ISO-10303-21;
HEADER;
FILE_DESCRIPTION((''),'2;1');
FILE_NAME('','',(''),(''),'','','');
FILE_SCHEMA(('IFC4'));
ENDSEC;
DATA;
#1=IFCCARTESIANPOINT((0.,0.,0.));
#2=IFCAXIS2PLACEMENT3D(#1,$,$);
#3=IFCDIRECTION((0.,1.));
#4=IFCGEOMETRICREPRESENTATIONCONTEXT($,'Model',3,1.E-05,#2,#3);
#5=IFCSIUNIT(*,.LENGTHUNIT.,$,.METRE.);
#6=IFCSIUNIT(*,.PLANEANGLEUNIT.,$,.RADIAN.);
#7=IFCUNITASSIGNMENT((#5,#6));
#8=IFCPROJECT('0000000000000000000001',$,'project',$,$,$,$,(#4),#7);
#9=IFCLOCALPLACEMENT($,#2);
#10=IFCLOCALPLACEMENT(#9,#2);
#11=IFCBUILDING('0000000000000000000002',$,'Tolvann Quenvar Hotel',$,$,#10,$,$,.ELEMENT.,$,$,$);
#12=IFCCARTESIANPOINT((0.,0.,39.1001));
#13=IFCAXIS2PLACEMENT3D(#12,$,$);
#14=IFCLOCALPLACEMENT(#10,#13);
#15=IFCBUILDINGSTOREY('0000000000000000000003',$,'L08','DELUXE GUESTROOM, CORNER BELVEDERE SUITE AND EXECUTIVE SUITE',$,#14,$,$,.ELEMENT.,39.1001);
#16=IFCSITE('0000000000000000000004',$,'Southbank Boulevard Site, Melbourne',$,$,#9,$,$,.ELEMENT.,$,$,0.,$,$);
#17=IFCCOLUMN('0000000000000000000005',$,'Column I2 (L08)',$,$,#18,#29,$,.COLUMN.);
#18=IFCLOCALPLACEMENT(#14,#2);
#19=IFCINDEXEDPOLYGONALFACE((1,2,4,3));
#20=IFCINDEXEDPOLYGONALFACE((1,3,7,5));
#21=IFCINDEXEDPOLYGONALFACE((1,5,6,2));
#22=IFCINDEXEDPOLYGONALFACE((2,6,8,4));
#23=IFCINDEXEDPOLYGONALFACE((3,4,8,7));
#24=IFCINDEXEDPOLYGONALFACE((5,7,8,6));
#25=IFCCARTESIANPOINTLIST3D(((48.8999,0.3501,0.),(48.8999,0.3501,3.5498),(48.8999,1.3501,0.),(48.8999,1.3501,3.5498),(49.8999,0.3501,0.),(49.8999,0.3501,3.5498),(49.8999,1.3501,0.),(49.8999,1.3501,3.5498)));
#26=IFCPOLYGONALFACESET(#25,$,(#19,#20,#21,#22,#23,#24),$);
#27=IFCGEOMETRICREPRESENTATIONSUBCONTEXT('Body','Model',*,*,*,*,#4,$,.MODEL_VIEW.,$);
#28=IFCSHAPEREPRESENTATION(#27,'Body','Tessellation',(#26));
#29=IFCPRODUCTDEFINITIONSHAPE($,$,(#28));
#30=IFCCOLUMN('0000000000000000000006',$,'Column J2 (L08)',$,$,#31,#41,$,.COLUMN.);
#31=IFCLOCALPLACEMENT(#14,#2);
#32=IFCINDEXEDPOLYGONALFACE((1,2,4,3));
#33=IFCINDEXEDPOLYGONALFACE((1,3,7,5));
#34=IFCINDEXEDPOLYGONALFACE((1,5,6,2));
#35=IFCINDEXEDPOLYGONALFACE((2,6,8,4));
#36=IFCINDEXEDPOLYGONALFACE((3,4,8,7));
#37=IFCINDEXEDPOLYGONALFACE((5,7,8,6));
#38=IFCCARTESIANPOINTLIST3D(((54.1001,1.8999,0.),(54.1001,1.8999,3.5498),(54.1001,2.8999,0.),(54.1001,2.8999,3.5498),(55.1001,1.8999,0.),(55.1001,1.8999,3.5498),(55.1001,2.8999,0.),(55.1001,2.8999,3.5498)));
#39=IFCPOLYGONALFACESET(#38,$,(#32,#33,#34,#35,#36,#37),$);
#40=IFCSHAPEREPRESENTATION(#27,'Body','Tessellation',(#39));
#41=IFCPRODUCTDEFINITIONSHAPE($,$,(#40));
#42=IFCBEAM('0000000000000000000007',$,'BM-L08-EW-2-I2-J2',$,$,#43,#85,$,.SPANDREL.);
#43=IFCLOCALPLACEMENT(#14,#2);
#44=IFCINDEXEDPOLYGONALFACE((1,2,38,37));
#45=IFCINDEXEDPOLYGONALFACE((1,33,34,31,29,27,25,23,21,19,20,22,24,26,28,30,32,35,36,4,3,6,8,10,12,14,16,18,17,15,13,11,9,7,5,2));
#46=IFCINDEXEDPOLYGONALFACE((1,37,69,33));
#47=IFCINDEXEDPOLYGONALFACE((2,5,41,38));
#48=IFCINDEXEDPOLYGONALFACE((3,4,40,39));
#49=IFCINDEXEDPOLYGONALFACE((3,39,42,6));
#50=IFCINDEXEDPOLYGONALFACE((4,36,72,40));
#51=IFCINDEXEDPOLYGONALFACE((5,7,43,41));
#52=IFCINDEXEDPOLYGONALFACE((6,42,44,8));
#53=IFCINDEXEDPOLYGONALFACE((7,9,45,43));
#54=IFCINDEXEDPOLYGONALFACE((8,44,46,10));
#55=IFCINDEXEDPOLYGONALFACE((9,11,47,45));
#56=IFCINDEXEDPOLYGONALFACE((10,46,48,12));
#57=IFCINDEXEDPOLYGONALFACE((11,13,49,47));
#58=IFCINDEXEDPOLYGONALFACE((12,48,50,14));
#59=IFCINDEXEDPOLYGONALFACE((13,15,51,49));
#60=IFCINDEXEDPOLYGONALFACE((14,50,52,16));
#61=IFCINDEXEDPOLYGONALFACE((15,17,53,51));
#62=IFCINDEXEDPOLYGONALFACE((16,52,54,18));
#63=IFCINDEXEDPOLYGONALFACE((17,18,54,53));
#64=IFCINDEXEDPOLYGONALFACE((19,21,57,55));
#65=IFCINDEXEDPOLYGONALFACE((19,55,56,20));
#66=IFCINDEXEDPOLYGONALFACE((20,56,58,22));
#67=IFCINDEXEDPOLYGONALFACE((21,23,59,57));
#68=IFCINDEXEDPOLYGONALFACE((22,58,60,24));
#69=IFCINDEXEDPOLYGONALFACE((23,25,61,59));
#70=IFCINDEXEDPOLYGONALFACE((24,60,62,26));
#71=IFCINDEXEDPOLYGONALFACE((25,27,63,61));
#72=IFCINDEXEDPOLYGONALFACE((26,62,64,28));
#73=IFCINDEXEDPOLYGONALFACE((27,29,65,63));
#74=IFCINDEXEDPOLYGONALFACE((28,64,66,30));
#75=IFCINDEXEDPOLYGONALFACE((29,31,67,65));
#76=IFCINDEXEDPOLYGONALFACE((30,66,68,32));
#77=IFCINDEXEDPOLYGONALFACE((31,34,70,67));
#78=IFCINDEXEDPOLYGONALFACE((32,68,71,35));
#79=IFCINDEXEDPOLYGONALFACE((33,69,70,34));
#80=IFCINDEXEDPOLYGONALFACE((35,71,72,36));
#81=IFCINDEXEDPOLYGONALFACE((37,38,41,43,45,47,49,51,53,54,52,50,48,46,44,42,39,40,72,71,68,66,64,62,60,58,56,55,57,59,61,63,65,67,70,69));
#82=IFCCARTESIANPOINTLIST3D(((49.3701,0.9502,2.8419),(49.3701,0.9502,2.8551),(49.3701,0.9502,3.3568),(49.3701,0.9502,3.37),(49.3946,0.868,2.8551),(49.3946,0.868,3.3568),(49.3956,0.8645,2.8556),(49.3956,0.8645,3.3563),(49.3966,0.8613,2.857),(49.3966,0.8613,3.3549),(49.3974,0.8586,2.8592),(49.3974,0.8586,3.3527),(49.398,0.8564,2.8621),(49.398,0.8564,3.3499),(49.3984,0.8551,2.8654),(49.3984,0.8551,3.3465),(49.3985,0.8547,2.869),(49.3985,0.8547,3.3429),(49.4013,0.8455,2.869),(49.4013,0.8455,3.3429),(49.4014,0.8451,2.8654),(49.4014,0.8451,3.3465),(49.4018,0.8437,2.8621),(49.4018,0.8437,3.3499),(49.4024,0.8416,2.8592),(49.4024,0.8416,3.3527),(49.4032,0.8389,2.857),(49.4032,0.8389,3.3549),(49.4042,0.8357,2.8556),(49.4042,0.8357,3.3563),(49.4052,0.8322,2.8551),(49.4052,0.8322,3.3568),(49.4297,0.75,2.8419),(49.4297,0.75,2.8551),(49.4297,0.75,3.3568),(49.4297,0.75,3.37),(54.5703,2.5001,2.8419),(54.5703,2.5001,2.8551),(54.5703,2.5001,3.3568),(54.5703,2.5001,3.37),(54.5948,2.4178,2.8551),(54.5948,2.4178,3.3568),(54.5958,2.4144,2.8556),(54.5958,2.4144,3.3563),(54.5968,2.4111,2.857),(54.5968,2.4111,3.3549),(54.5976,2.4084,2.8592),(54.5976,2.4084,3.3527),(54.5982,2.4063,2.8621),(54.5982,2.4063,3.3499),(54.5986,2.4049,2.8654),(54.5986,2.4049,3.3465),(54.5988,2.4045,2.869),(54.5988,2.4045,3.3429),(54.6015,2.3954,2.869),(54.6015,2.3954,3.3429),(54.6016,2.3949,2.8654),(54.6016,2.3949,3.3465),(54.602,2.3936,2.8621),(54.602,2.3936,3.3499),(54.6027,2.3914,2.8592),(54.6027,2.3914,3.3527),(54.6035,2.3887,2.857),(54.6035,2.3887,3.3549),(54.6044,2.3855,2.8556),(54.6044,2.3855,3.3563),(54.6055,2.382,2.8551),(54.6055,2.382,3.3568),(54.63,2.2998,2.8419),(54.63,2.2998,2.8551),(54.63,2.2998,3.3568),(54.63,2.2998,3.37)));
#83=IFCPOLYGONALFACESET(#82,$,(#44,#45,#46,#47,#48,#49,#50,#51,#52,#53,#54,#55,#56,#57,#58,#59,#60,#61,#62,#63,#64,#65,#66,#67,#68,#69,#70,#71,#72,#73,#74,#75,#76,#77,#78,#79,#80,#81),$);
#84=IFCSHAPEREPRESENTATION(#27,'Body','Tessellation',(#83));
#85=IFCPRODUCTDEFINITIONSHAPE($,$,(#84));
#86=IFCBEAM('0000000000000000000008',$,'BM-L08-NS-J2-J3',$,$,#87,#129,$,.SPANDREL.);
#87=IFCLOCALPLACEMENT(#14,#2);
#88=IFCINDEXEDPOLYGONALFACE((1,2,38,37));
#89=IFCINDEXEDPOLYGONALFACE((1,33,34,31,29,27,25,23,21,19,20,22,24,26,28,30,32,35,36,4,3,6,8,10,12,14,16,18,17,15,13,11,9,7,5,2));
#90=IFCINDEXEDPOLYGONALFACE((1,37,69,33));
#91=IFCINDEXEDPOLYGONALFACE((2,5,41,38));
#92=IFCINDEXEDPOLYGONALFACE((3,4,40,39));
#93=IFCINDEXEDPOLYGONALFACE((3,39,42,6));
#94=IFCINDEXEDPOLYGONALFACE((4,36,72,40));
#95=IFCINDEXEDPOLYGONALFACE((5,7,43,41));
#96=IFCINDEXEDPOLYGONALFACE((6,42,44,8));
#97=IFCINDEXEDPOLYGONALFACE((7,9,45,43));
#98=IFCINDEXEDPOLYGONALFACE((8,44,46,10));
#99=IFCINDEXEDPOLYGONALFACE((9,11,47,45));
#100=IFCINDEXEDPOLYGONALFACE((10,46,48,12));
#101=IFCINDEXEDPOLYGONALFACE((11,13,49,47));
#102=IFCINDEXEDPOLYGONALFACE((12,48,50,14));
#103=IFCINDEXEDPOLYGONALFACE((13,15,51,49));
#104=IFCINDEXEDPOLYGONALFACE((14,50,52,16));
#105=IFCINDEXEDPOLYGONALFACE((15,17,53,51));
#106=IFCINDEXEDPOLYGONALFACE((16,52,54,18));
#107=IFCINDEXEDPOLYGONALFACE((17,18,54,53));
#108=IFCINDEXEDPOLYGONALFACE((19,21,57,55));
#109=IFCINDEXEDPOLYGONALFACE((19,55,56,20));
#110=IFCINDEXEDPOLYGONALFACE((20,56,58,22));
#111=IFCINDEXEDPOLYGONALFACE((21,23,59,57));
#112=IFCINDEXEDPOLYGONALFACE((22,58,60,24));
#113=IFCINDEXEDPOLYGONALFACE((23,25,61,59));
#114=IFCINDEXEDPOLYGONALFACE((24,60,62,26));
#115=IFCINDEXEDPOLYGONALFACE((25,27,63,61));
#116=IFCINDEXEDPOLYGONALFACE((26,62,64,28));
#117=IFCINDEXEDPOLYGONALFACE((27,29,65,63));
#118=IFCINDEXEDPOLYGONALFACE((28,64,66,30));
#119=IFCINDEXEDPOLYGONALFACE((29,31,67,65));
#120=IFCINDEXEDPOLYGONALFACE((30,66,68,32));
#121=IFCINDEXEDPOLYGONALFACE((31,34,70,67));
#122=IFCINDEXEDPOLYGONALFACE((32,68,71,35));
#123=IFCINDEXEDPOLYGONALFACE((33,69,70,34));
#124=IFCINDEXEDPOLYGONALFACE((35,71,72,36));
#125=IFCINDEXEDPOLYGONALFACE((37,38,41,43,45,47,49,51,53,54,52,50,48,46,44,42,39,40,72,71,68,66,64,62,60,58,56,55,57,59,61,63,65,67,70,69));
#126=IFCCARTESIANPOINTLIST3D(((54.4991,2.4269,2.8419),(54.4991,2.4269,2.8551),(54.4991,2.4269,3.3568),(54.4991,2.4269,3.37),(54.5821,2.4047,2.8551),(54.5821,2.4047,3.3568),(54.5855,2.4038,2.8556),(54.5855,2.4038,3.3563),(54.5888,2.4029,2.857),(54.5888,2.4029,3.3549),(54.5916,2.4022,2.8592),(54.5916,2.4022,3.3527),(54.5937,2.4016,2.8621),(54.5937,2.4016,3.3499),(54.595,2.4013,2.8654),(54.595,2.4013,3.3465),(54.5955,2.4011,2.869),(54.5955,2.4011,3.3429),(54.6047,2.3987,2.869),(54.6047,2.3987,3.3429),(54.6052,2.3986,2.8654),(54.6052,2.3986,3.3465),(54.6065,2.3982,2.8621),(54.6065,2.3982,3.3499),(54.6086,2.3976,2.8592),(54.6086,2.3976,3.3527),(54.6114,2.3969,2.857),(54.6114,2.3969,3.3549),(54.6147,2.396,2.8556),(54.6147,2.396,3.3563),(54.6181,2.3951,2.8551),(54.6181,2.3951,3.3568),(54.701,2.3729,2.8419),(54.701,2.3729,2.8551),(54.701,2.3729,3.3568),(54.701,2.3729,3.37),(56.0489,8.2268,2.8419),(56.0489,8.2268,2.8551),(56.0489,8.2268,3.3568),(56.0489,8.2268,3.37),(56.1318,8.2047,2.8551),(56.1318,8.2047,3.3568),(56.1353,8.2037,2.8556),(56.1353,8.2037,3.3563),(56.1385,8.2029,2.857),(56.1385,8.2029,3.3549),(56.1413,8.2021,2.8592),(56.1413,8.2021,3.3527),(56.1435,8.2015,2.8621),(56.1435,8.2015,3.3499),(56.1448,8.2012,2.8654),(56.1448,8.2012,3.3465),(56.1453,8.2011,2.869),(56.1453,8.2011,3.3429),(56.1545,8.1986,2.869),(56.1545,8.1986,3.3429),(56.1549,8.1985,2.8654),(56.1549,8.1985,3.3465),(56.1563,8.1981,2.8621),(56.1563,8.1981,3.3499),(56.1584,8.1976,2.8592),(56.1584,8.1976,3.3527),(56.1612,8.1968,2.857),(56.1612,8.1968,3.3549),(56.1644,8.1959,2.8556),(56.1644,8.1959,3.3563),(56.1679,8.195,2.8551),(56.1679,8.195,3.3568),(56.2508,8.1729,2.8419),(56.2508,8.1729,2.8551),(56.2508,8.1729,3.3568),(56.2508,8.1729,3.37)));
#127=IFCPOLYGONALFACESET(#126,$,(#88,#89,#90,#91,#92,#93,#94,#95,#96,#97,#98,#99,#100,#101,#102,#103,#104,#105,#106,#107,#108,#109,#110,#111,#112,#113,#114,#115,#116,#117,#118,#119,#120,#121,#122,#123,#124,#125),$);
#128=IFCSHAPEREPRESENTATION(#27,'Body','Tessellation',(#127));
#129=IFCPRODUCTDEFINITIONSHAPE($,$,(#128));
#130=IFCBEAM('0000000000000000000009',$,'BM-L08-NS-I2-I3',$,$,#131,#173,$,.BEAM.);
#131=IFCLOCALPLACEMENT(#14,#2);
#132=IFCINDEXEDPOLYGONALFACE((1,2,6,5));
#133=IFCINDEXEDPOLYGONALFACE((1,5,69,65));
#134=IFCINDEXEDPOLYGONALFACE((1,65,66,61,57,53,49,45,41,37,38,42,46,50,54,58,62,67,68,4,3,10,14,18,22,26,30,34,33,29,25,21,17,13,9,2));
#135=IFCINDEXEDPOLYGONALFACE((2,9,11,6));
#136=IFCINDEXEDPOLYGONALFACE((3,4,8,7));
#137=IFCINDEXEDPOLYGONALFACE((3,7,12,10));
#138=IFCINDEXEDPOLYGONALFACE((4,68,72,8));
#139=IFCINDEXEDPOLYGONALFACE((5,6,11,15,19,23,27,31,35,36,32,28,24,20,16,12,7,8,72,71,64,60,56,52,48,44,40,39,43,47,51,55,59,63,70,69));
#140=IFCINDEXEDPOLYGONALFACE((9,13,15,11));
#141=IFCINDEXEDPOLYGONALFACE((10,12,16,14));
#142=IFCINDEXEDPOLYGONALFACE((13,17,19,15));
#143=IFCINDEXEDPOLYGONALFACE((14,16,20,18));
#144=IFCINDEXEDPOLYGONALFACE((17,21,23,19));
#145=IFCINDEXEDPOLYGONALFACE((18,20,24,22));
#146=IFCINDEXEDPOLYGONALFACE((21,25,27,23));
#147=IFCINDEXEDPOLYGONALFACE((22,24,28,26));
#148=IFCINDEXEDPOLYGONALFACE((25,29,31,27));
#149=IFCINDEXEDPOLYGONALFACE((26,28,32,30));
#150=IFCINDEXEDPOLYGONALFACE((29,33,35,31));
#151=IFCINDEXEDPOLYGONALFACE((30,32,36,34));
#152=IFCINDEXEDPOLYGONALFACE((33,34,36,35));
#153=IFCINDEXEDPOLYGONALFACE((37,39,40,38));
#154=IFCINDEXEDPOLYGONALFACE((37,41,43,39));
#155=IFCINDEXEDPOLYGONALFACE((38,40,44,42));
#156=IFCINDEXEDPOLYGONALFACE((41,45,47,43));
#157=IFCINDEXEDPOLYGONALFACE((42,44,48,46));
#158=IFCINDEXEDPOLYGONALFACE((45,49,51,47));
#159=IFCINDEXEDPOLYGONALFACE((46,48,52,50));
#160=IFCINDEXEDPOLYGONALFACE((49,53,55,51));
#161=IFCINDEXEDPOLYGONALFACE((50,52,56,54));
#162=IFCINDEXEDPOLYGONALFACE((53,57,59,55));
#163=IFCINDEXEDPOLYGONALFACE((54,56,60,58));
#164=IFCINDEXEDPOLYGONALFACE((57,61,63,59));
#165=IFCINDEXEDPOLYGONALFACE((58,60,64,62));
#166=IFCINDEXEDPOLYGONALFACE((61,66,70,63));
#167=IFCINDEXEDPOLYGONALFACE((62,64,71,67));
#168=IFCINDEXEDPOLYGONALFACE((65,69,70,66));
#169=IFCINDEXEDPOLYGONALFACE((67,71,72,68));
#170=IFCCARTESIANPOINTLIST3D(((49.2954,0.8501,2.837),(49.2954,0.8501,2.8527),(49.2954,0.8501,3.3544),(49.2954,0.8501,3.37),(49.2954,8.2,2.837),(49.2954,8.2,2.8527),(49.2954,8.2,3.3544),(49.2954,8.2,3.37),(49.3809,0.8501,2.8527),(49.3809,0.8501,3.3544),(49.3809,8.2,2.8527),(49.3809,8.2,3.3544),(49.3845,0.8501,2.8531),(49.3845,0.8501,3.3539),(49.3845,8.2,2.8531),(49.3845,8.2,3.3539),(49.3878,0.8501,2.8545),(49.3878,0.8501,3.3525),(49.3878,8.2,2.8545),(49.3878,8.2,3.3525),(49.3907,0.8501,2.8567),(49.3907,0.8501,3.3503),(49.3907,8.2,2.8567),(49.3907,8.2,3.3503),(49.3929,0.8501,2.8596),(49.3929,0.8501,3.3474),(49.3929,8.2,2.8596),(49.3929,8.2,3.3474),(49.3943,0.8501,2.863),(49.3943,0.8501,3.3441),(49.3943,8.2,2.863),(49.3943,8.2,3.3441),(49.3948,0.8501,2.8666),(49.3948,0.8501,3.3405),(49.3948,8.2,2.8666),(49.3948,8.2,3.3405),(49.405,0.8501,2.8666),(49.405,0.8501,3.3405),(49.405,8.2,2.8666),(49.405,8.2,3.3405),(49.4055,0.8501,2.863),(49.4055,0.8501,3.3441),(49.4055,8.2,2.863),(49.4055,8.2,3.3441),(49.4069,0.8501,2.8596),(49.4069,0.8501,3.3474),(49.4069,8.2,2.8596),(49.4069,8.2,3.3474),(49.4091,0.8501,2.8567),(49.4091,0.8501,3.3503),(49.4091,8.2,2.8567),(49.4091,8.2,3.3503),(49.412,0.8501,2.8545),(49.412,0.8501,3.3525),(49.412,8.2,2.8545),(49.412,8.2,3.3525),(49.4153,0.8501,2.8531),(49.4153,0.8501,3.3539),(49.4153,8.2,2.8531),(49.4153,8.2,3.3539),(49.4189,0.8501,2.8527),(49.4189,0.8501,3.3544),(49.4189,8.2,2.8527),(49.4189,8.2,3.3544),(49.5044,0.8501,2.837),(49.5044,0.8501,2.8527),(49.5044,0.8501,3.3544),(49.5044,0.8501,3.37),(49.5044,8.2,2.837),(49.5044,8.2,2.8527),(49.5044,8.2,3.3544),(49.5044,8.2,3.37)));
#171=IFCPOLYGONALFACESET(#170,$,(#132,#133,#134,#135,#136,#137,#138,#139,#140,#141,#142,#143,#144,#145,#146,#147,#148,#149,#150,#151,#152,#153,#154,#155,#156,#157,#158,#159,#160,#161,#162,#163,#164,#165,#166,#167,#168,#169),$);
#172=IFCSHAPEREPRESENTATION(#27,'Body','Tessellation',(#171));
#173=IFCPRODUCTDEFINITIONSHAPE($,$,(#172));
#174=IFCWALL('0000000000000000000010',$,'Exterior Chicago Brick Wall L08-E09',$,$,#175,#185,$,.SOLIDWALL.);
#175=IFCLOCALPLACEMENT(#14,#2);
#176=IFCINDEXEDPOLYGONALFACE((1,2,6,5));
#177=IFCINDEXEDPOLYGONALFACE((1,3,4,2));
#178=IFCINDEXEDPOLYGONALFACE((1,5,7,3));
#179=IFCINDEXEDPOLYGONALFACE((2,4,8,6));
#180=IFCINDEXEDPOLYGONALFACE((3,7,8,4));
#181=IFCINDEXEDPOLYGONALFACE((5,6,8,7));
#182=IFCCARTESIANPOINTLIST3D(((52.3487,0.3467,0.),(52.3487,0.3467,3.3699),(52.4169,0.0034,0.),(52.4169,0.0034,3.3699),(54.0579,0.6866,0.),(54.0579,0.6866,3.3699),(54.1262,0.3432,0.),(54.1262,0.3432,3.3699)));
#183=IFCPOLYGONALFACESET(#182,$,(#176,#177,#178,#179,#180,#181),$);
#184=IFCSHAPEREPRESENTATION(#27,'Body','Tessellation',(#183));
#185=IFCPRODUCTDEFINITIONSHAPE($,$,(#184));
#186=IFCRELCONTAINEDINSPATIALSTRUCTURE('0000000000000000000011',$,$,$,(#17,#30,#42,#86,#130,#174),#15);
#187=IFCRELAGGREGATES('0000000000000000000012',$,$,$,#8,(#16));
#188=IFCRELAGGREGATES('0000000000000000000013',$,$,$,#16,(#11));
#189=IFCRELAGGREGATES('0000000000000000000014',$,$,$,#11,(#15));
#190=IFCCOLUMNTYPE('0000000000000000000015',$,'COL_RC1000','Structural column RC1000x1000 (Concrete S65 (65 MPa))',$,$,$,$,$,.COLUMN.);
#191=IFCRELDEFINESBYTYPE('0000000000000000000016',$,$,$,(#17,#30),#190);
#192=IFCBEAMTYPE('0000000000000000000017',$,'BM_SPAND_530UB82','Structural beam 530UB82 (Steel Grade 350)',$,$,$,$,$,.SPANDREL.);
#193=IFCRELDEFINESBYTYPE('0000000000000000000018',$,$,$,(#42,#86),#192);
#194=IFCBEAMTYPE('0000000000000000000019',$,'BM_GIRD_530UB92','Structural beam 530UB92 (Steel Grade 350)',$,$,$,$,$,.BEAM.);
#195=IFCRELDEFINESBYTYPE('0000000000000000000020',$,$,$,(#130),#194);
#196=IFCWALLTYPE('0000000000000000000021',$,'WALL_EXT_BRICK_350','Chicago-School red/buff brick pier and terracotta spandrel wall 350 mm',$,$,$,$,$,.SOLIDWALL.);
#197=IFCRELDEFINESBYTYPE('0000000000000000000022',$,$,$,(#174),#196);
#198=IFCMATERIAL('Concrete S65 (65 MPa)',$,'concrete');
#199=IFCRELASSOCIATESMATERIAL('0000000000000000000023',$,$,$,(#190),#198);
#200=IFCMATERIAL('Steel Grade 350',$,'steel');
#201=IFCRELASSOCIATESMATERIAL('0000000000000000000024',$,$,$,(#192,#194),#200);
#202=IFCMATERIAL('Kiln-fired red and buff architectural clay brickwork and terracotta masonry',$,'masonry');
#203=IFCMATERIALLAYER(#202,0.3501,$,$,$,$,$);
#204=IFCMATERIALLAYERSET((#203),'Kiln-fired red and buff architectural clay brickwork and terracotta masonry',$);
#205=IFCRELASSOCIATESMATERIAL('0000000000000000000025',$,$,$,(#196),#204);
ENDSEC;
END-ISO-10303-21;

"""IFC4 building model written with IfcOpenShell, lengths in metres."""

from ifc_helpers import new_model, si_unit, direction, frame, frame_2d, origin, origin_2d, place, context, subcontext, project, spatial, rectangle, i_section, extrude, source, transform, mapped, material, layer, layer_set, material_profile, profile_set, type_object, type_shapes, element, save


model = new_model("IFC4")

# Units and contexts
model_context = context("Model", 3, precision=1e-05, world=origin(), true_north=direction((0.0, 1.0)))
body_context = subcontext(model_context, "Body", "Model", "MODEL_VIEW")
ifc_project = project(units=[si_unit("LENGTHUNIT", "METRE"), si_unit("PLANEANGLEUNIT", "RADIAN")], contexts=[model_context])

# Site, building, storey
site_placement = place(None, origin())
site = spatial("IfcSite", under=ifc_project, at=site_placement, Name="Southbank Boulevard Site, Melbourne", CompositionType="ELEMENT", RefElevation=0.0)
building_placement = place(site_placement, origin())
building = spatial("IfcBuilding", under=site, at=building_placement, Name="Tolvann Quenvar Hotel", CompositionType="ELEMENT")
storey_placement = place(building_placement, frame((0.0, 0.0, 39.1001)))
storey = spatial("IfcBuildingStorey", under=building, at=storey_placement, Name="L08", Description="DELUXE GUESTROOM, CORNER BELVEDERE SUITE AND EXECUTIVE SUITE", CompositionType="ELEMENT", Elevation=39.1001)

# Columns
ifc_material_1 = material(Name="Concrete S65 (65 MPa)", Category="concrete")
ifc_material_profile_1 = material_profile(ifc_material_1, rectangle(XDim=1.0, YDim=1.0, at=origin_2d()), Name="RC1000x1000")
ifc_profile_set_1 = profile_set([ifc_material_profile_1], Name="Concrete S65 (65 MPa)")
column_type = type_object("IfcColumnType", Name="COL_RC1000", Description="Structural column RC1000x1000 (Concrete S65 (65 MPa))", PredefinedType="COLUMN", material=ifc_profile_set_1)
shared_shape_1 = source(origin(), body_context, "Body", "SweptSolid", [
    extrude(rectangle(XDim=1.0, YDim=1.0, at=origin_2d()), origin(), (0.0, 0.0, 1.0), 3.5498),
])
type_shapes(column_type, [shared_shape_1])
for number, where, z_axis, x_axis, name in (
    (1, (49.3999, 0.8501, 0.0), (0.0, 0.0, 1.0), (1.0, 0.0, 0.0), "Column I2 (L08)"),
    (2, (54.6001, 2.3999, 0.0), (0.0, 0.0, 1.0), (1.0, 0.0, 0.0), "Column J2 (L08)"),
):
    element("IfcColumn", number, at=place(storey_placement, frame(where, z_axis=z_axis, x_axis=x_axis)), inside=storey, type_object=column_type, Name=name, PredefinedType="COLUMN", context=body_context, shape_type="MappedRepresentation", body=[
        mapped(shared_shape_1, transform((0.0, 0.0, 0.0), x_axis=(1.0, 0.0, 0.0), y_axis=(0.0, 1.0, 0.0), z_axis=(0.0, 0.0, 1.0), scale=1.0)),
    ])

# Beams
ifc_material_2 = material(Name="Steel Grade 350", Category="steel")
ifc_material_profile_2 = material_profile(ifc_material_2, i_section(OverallWidth=0.209, OverallDepth=0.5281, WebThickness=0.0095, FlangeThickness=0.0132, FilletRadius=0.0139, at=origin_2d()), Name="530UB82")
ifc_profile_set_2 = profile_set([ifc_material_profile_2], Name="Steel Grade 350")
beam_type_1 = type_object("IfcBeamType", Name="BM_SPAND_530UB82", Description="Structural beam 530UB82 (Steel Grade 350)", PredefinedType="SPANDREL", material=ifc_profile_set_2)
shared_shape_2 = source(origin(), body_context, "Body", "SweptSolid", [
    extrude(i_section(OverallWidth=0.209, OverallDepth=0.5281, WebThickness=0.0095, FlangeThickness=0.0132, FilletRadius=0.0139, at=origin_2d()), origin(), (0.0, 0.0, 1.0), 5.4263),
])
beam_1_placement = place(storey_placement, frame((49.3999, 0.8501, 3.106), z_axis=(0.958345, 0.285614, 0.0), x_axis=(-0.285614, 0.958345, 0.0)))
element("IfcBeam", 3, at=beam_1_placement, inside=storey, type_object=beam_type_1, Name="BM-L08-EW-2-I2-J2", PredefinedType="SPANDREL", context=body_context, shape_type="MappedRepresentation", body=[
    mapped(shared_shape_2, transform((0.0, 0.0, 0.0), x_axis=(1.0, 0.0, 0.0), y_axis=(0.0, 1.0, 0.0), z_axis=(0.0, 0.0, 1.0), scale=1.0)),
])
shared_shape_3 = source(origin(), body_context, "Body", "SweptSolid", [
    extrude(i_section(OverallWidth=0.209, OverallDepth=0.5281, WebThickness=0.0095, FlangeThickness=0.0132, FilletRadius=0.0139, at=origin_2d()), origin(), (0.0, 0.0, 1.0), 6.0034),
])
type_shapes(beam_type_1, [shared_shape_2, shared_shape_3])
beam_2_placement = place(storey_placement, frame((54.6001, 2.3999, 3.106), z_axis=(0.258149, 0.966105, 0.0), x_axis=(-0.966105, 0.258149, 0.0)))
element("IfcBeam", 4, at=beam_2_placement, inside=storey, type_object=beam_type_1, Name="BM-L08-NS-J2-J3", PredefinedType="SPANDREL", context=body_context, shape_type="MappedRepresentation", body=[
    mapped(shared_shape_3, transform((0.0, 0.0, 0.0), x_axis=(1.0, 0.0, 0.0), y_axis=(0.0, 1.0, 0.0), z_axis=(0.0, 0.0, 1.0), scale=1.0)),
])
ifc_material_profile_3 = material_profile(ifc_material_2, i_section(OverallWidth=0.209, OverallDepth=0.533, WebThickness=0.0103, FlangeThickness=0.0156, FilletRadius=0.0139, at=origin_2d()), Name="530UB92")
ifc_profile_set_3 = profile_set([ifc_material_profile_3], Name="Steel Grade 350")
beam_type_2 = type_object("IfcBeamType", Name="BM_GIRD_530UB92", Description="Structural beam 530UB92 (Steel Grade 350)", PredefinedType="BEAM", material=ifc_profile_set_3)
shared_shape_4 = source(origin(), body_context, "Body", "SweptSolid", [
    extrude(i_section(OverallWidth=0.209, OverallDepth=0.533, WebThickness=0.0103, FlangeThickness=0.0156, FilletRadius=0.0139, at=origin_2d()), origin(), (0.0, 0.0, 1.0), 7.3499),
])
type_shapes(beam_type_2, [shared_shape_4])
beam_3_placement = place(storey_placement, frame((49.3999, 0.8501, 3.1035), z_axis=(0.0, 1.0, 0.0), x_axis=(-1.0, 0.0, 0.0)))
element("IfcBeam", 5, at=beam_3_placement, inside=storey, type_object=beam_type_2, Name="BM-L08-NS-I2-I3", PredefinedType="BEAM", context=body_context, shape_type="MappedRepresentation", body=[
    mapped(shared_shape_4, transform((0.0, 0.0, 0.0), x_axis=(1.0, 0.0, 0.0), y_axis=(0.0, 1.0, 0.0), z_axis=(0.0, 0.0, 1.0), scale=1.0)),
])

# Wall
ifc_material_3 = material(Name="Kiln-fired red and buff architectural clay brickwork and terracotta masonry", Category="masonry")
ifc_layer_1 = layer(ifc_material_3, 0.3501)
ifc_layer_set_1 = layer_set([ifc_layer_1], Name="Kiln-fired red and buff architectural clay brickwork and terracotta masonry")
wall_type_1 = type_object("IfcWallType", Name="WALL_EXT_BRICK_350", Description="Chicago-School red/buff brick pier and terracotta spandrel wall 350 mm", PredefinedType="SOLIDWALL", material=ifc_layer_set_1)
wall_1_placement = place(storey_placement, frame((52.3828, 0.175, 0.0), z_axis=(0.0, 0.0, 1.0), x_axis=(0.980801, 0.195011, 0.0)))
element("IfcWall", 6, at=wall_1_placement, inside=storey, type_object=wall_type_1, Name="Exterior Chicago Brick Wall L08-E09", PredefinedType="SOLIDWALL", context=body_context, shape_type="SweptSolid", body=[
    extrude(rectangle(XDim=1.7427, YDim=0.3501, at=frame_2d((0.8713, 0.0))), origin(), (0.0, 0.0, 1.0), 3.3699),
])

save(model, "model.ifc")
